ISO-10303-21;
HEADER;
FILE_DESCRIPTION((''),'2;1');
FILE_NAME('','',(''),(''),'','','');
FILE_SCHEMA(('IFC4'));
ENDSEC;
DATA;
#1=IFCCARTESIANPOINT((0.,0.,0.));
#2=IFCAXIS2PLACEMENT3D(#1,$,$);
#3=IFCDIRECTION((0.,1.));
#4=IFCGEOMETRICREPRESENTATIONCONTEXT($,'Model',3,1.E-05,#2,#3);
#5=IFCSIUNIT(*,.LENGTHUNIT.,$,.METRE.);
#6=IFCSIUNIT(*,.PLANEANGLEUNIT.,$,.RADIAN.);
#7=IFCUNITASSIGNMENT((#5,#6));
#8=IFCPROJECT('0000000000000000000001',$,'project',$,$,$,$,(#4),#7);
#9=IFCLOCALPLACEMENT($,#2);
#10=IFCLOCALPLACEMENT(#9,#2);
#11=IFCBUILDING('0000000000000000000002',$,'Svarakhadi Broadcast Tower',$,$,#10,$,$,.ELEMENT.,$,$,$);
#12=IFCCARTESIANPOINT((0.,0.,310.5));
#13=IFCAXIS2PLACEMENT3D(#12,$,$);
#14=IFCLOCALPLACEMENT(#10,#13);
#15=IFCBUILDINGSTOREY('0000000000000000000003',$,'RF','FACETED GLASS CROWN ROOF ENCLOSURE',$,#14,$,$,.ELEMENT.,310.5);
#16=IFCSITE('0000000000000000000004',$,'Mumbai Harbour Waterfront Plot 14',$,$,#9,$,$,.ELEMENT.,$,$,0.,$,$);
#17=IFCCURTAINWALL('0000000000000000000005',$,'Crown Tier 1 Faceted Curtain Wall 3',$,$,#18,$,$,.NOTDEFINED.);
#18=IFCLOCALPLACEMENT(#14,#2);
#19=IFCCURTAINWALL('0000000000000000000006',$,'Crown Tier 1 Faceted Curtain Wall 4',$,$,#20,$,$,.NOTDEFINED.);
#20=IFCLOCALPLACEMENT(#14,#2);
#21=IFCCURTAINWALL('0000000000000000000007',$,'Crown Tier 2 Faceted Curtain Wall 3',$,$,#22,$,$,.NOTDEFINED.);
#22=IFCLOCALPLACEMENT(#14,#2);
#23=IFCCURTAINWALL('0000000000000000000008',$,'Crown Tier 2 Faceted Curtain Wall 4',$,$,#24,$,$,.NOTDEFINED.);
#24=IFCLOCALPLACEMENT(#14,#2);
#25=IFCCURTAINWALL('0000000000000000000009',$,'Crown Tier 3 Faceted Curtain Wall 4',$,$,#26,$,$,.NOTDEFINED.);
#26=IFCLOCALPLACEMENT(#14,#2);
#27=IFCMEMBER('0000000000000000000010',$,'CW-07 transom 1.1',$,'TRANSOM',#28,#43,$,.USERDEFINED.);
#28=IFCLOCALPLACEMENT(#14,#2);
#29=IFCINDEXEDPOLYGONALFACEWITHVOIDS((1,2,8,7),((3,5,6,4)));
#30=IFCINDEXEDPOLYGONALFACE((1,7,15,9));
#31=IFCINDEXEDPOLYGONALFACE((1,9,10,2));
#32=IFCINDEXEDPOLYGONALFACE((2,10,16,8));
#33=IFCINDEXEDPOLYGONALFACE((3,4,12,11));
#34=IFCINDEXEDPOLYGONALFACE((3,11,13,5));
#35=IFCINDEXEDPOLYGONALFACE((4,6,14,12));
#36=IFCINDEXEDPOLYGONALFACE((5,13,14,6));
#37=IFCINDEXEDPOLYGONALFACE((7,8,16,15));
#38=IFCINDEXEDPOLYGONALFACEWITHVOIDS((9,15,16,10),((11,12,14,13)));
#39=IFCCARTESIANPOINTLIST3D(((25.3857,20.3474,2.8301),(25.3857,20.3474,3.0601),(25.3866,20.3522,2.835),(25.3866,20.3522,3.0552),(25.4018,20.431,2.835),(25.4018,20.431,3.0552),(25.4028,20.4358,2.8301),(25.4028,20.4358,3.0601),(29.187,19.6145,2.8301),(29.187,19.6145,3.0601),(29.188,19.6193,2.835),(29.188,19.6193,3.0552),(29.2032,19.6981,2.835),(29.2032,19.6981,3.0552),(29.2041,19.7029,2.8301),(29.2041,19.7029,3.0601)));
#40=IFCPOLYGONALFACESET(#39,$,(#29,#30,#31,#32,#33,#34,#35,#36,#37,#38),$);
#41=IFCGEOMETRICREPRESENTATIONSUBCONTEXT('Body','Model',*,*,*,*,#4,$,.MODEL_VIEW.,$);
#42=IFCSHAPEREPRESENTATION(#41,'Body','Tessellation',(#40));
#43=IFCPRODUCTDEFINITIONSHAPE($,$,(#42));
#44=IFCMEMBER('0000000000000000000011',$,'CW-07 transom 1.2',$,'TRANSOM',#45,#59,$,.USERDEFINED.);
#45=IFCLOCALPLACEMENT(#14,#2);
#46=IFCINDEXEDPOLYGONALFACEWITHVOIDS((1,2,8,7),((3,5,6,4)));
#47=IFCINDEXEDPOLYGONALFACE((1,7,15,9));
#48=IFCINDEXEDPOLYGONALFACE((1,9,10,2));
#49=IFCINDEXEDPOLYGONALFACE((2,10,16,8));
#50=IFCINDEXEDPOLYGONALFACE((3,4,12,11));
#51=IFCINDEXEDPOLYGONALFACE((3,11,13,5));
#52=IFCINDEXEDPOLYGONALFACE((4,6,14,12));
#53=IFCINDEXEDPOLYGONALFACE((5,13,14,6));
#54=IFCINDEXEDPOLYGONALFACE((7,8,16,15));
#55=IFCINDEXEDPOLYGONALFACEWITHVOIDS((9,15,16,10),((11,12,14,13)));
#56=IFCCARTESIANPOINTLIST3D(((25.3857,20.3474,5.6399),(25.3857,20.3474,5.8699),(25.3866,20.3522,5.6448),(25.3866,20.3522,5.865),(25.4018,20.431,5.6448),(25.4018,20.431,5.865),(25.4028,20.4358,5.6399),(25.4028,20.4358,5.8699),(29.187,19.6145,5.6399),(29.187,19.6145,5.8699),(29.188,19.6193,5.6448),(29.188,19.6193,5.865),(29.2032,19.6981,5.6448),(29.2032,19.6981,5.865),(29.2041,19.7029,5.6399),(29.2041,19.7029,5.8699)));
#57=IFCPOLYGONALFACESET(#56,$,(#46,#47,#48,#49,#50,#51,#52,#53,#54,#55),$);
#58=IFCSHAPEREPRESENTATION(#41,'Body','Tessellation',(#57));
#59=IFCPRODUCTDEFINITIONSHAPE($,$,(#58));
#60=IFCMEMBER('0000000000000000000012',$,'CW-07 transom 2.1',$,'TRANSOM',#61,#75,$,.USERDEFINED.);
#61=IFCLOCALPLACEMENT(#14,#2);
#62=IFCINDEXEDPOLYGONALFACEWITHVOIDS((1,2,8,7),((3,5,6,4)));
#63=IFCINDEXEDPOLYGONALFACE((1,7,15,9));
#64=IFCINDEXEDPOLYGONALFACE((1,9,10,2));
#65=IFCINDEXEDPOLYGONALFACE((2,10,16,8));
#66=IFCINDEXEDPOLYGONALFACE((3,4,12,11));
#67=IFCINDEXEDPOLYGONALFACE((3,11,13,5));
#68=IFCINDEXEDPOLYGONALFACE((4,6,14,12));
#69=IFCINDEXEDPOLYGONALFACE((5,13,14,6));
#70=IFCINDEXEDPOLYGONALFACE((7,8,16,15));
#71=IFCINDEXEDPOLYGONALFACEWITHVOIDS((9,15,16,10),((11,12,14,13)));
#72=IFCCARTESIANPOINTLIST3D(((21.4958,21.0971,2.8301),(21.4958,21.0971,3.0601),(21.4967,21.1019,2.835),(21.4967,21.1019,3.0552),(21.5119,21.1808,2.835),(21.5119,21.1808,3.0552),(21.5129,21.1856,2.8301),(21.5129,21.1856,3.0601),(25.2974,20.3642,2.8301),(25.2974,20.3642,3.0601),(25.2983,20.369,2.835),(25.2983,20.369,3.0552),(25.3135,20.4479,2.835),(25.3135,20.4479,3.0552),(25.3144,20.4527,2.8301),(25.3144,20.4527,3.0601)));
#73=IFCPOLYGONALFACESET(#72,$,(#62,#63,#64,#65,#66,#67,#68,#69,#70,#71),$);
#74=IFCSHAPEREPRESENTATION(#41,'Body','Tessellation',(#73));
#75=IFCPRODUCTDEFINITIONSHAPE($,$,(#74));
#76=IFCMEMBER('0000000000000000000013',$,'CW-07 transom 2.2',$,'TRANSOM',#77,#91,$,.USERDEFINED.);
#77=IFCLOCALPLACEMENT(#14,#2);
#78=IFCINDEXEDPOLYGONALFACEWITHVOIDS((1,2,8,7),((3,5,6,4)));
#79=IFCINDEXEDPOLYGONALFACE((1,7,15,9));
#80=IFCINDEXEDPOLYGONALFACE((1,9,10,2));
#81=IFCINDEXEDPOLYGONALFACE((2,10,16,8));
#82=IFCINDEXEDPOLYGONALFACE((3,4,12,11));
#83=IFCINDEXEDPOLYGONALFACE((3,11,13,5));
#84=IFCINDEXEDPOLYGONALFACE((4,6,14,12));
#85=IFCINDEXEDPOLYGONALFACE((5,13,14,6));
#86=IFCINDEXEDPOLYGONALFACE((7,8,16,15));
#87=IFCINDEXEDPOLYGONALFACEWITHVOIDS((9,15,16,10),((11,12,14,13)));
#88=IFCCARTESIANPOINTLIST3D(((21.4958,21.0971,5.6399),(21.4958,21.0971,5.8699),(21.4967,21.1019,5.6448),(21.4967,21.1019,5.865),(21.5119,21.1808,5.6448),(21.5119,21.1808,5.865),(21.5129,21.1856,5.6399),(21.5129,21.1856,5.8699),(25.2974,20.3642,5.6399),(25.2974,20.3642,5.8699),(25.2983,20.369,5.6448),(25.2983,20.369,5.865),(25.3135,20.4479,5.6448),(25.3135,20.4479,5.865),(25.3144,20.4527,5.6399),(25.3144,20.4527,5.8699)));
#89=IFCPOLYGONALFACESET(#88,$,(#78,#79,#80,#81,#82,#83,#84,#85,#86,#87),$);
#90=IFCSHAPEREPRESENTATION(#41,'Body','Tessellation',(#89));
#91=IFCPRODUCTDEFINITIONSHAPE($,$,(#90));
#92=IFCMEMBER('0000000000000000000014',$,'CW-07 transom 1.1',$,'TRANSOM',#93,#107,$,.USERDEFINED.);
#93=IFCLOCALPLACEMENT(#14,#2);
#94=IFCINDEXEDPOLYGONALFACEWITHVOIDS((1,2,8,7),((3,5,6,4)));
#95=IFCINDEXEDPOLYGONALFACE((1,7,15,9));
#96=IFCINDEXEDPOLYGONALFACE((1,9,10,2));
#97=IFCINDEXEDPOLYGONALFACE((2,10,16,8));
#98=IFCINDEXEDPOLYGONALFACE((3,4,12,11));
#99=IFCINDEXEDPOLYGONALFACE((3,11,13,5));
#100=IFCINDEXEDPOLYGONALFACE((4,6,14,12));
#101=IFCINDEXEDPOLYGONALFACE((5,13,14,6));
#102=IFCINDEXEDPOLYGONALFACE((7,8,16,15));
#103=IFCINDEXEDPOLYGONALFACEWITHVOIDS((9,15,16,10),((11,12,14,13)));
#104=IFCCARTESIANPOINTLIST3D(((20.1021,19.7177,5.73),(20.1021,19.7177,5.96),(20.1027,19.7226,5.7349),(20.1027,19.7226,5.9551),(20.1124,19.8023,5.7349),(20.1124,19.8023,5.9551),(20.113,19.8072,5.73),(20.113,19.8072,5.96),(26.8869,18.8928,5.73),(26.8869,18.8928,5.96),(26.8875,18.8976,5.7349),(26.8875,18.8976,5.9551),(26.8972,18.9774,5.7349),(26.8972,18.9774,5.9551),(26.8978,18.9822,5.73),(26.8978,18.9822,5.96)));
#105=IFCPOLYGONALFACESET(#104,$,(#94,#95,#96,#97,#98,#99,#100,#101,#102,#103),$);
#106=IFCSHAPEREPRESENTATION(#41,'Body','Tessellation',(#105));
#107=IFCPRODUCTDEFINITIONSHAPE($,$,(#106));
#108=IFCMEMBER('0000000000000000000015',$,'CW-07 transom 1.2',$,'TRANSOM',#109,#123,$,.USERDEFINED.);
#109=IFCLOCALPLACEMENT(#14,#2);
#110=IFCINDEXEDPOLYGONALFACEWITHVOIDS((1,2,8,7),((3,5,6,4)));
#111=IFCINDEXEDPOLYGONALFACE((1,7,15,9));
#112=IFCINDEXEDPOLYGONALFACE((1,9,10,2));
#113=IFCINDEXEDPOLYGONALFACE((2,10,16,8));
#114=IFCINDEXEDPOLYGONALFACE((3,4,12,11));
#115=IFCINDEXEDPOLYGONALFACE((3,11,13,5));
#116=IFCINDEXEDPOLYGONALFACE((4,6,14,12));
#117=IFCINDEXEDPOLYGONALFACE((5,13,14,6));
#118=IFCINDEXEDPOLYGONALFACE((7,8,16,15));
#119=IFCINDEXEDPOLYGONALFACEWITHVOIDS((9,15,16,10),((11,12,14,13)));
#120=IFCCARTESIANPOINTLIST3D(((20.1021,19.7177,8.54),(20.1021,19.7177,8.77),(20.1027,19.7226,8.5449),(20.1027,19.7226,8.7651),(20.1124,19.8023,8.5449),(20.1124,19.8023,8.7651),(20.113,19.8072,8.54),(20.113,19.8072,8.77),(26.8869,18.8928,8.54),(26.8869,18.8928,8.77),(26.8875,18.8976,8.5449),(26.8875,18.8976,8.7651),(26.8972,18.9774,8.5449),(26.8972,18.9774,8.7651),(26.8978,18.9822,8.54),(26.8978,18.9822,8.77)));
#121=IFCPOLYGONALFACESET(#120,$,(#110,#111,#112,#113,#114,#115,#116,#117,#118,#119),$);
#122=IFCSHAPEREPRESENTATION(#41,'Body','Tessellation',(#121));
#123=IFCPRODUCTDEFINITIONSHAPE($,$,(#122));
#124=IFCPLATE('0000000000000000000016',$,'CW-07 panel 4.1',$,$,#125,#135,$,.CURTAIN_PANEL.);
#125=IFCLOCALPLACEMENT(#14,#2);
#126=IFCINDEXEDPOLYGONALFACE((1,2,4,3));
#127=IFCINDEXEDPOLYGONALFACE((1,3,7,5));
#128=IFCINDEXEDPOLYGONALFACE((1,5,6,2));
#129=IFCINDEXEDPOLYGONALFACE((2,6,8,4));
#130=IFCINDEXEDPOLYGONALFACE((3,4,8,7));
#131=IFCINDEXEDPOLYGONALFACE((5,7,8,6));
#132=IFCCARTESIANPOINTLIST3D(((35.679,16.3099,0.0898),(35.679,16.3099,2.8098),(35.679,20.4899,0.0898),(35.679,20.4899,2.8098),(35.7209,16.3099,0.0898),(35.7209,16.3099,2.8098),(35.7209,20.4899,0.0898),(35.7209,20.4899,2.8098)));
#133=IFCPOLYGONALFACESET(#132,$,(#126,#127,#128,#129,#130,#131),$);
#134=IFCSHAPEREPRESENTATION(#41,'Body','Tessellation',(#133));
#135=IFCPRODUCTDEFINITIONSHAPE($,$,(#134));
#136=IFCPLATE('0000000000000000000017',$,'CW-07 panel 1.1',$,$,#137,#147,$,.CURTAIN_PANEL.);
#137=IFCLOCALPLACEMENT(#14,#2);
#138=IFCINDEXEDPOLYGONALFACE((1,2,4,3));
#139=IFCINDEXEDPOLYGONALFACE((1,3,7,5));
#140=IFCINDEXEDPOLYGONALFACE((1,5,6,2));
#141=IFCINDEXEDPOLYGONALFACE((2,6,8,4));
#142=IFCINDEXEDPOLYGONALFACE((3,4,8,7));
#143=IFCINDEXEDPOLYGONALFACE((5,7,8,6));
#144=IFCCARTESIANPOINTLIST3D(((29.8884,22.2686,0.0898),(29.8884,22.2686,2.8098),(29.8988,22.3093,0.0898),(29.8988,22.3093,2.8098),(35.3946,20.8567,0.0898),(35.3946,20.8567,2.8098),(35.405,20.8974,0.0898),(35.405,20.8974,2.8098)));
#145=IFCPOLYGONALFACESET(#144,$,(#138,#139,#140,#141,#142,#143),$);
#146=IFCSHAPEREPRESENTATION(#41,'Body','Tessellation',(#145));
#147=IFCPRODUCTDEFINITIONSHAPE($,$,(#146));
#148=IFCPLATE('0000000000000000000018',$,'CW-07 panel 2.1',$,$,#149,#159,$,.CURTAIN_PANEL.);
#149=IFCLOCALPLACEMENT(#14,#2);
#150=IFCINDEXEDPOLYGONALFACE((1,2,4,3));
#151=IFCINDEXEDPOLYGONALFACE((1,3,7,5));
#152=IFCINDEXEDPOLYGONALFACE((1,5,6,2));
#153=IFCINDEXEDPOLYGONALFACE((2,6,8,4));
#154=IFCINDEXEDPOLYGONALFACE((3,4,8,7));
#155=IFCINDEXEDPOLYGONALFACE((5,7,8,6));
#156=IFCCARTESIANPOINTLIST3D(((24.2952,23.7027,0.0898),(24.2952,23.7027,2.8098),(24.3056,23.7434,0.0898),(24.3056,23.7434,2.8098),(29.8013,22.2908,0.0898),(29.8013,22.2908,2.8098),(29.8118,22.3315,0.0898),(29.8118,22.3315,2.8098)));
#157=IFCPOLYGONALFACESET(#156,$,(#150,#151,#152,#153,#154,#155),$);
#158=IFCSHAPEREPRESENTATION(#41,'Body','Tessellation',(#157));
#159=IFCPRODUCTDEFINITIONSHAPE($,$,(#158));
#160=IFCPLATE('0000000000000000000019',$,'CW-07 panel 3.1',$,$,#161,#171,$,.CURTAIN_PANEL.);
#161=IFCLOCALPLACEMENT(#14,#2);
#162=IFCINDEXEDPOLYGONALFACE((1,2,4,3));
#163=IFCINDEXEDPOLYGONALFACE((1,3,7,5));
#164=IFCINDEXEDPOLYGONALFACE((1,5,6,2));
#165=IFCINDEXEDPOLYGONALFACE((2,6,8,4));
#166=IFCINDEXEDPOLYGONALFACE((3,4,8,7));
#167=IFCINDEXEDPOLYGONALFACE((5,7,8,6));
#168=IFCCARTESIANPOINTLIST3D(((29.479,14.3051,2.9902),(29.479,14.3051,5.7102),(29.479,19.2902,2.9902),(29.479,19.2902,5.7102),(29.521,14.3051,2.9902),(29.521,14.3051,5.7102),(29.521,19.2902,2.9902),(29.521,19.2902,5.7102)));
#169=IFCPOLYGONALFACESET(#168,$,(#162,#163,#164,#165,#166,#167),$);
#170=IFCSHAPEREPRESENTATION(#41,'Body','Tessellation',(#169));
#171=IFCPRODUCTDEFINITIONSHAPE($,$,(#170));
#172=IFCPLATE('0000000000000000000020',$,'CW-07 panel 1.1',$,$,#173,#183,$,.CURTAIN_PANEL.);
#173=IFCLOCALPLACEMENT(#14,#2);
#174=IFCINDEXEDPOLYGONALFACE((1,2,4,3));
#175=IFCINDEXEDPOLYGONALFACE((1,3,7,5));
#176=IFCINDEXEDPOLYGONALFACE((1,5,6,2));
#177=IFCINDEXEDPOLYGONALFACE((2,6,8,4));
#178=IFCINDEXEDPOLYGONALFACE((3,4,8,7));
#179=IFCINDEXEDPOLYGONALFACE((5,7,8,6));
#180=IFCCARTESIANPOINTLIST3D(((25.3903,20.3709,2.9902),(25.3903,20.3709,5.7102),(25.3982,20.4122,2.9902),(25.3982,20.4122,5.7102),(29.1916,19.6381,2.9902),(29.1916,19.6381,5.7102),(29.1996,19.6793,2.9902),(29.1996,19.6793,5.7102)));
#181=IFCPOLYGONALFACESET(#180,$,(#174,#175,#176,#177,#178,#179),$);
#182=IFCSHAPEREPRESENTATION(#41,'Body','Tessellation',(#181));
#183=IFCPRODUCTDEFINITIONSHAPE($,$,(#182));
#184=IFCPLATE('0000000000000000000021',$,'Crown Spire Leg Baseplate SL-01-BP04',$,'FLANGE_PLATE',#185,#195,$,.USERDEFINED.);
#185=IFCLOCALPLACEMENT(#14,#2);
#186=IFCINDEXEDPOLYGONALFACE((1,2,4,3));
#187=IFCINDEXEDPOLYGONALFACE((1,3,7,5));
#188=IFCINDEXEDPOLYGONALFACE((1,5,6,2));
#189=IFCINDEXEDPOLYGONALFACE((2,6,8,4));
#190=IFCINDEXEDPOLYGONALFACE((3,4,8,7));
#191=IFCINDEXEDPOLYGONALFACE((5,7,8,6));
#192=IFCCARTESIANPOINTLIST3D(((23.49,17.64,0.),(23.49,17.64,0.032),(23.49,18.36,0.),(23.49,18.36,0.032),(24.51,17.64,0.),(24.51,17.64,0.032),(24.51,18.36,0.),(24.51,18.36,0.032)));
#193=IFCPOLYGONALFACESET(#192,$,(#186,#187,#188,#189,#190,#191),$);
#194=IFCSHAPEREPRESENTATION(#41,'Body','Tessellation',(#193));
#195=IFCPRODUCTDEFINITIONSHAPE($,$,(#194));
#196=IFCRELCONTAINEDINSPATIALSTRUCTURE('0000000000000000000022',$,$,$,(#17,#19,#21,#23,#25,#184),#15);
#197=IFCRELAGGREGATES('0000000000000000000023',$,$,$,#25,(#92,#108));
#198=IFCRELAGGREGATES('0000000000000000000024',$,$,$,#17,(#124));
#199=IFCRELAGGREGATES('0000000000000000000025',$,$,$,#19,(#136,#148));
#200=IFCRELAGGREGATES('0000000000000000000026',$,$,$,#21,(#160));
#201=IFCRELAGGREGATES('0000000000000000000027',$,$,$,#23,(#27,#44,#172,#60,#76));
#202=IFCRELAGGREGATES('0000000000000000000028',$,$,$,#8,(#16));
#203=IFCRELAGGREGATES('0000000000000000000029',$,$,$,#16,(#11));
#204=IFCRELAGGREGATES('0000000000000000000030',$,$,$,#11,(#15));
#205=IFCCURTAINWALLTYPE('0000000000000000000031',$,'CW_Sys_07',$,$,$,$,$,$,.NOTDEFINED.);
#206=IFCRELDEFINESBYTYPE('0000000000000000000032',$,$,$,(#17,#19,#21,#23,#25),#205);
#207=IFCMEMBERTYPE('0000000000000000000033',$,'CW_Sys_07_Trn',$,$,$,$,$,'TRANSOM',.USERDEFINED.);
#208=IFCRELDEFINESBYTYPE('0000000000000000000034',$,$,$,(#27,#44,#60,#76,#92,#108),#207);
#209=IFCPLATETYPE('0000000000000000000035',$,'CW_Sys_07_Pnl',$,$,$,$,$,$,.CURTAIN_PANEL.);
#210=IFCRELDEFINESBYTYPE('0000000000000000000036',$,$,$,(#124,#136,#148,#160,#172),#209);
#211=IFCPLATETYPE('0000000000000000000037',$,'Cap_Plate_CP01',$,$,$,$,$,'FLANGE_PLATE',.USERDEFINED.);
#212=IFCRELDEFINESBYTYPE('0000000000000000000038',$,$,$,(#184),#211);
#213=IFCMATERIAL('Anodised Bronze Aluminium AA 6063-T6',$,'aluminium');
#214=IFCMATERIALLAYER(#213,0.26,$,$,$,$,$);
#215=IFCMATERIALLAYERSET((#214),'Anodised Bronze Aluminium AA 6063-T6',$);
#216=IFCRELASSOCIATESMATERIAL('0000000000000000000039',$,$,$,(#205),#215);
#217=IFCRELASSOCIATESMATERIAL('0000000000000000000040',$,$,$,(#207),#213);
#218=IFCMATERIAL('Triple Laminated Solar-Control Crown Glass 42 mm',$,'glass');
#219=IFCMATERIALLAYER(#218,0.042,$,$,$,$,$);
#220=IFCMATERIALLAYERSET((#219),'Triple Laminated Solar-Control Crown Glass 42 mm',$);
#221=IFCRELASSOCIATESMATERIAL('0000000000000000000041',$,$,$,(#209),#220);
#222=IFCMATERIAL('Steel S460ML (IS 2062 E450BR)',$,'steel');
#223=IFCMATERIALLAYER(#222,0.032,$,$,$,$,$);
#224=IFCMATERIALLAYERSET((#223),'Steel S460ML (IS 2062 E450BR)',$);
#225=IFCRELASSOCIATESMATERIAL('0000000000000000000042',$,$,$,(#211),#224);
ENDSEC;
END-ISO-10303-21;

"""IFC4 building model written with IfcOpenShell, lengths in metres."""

from ifc_helpers import new_model, si_unit, direction, frame, origin, origin_2d, place, context, subcontext, project, spatial, rectangle, hollow_rectangle, extrude, material, layer, layer_set, material_profile, profile_set, type_object, element, aggregate, save


model = new_model("IFC4")

# Units and contexts
model_context = context("Model", 3, precision=1e-05, world=origin(), true_north=direction((0.0, 1.0)))
body_context = subcontext(model_context, "Body", "Model", "MODEL_VIEW")
ifc_project = project(units=[si_unit("LENGTHUNIT", "METRE"), si_unit("PLANEANGLEUNIT", "RADIAN")], contexts=[model_context])

# Site, building, storey
site_placement = place(None, origin())
site = spatial("IfcSite", under=ifc_project, at=site_placement, Name="Mumbai Harbour Waterfront Plot 14", CompositionType="ELEMENT", RefElevation=0.0)
building_placement = place(site_placement, origin())
building = spatial("IfcBuilding", under=site, at=building_placement, Name="Svarakhadi Broadcast Tower", CompositionType="ELEMENT")
storey_placement = place(building_placement, frame((0.0, 0.0, 310.5)))
storey = spatial("IfcBuildingStorey", under=building, at=storey_placement, Name="RF", Description="FACETED GLASS CROWN ROOF ENCLOSURE", CompositionType="ELEMENT", Elevation=310.5)

# Shared definitions
ifc_material_1 = material(Name="Steel S460ML (IS 2062 E450BR)", Category="steel")

# Curtain wall
ifc_material_2 = material(Name="Anodised Bronze Aluminium AA 6063-T6", Category="aluminium")
ifc_layer_1 = layer(ifc_material_2, 0.26)
ifc_layer_set_1 = layer_set([ifc_layer_1], Name="Anodised Bronze Aluminium AA 6063-T6")
curtain_wall_type = type_object("IfcCurtainWallType", Name="CW_Sys_07", PredefinedType="NOTDEFINED", material=ifc_layer_set_1)
curtain_wall_1_placement = place(storey_placement, origin())
curtain_wall_1 = element("IfcCurtainWall", 1, at=curtain_wall_1_placement, inside=storey, type_object=curtain_wall_type, Name="Crown Tier 1 Faceted Curtain Wall 3", PredefinedType="NOTDEFINED")

# Curtain wall
curtain_wall_2_placement = place(storey_placement, origin())
curtain_wall_2 = element("IfcCurtainWall", 2, at=curtain_wall_2_placement, inside=storey, type_object=curtain_wall_type, Name="Crown Tier 1 Faceted Curtain Wall 4", PredefinedType="NOTDEFINED")

# Curtain wall
curtain_wall_3_placement = place(storey_placement, origin())
curtain_wall_3 = element("IfcCurtainWall", 3, at=curtain_wall_3_placement, inside=storey, type_object=curtain_wall_type, Name="Crown Tier 2 Faceted Curtain Wall 3", PredefinedType="NOTDEFINED")

# Curtain wall
curtain_wall_4_placement = place(storey_placement, origin())
curtain_wall_4 = element("IfcCurtainWall", 4, at=curtain_wall_4_placement, inside=storey, type_object=curtain_wall_type, Name="Crown Tier 2 Faceted Curtain Wall 4", PredefinedType="NOTDEFINED")

# Curtain wall
curtain_wall_5_placement = place(storey_placement, origin())
curtain_wall_5 = element("IfcCurtainWall", 5, at=curtain_wall_5_placement, inside=storey, type_object=curtain_wall_type, Name="Crown Tier 3 Faceted Curtain Wall 4", PredefinedType="NOTDEFINED")

# Members
ifc_material_profile_1 = material_profile(ifc_material_2, hollow_rectangle(XDim=0.0901, YDim=0.23, WallThickness=0.0049, at=origin_2d()), Name="ALU TRANSOM 230x90x5")
ifc_profile_set_1 = profile_set([ifc_material_profile_1], Name="Anodised Bronze Aluminium AA 6063-T6")
member_type_1 = type_object("IfcMemberType", Name="CW_Sys_07_Trn", ElementType="TRANSOM", PredefinedType="USERDEFINED", material=ifc_profile_set_1)
member_1_placement = place(storey_placement, frame((29.1956, 19.6587, 2.9451), z_axis=(-0.981915, 0.18932, 0.0), x_axis=(-0.18932, -0.981915, 0.0)))
member_1 = element("IfcMember", 6, at=member_1_placement, type_object=member_type_1, Name="CW-07 transom 1.1", ObjectType="TRANSOM", PredefinedType="USERDEFINED", context=body_context, shape_type="SweptSolid", body=[
    extrude(hollow_rectangle(XDim=0.0901, YDim=0.23, WallThickness=0.0049, at=origin_2d()), origin(), (0.0, 0.0, 1.0), 3.8713),
])
member_2_placement = place(storey_placement, frame((29.1956, 19.6587, 5.7549), z_axis=(-0.981915, 0.18932, 0.0), x_axis=(-0.18932, -0.981915, 0.0)))
member_2 = element("IfcMember", 7, at=member_2_placement, type_object=member_type_1, Name="CW-07 transom 1.2", ObjectType="TRANSOM", PredefinedType="USERDEFINED", context=body_context, shape_type="SweptSolid", body=[
    extrude(hollow_rectangle(XDim=0.0901, YDim=0.23, WallThickness=0.0049, at=origin_2d()), origin(), (0.0, 0.0, 1.0), 3.8713),
])
member_3_placement = place(storey_placement, frame((25.3059, 20.4084, 2.9451), z_axis=(-0.981918, 0.189308, 0.0), x_axis=(-0.189308, -0.981918, 0.0)))
member_3 = element("IfcMember", 8, at=member_3_placement, type_object=member_type_1, Name="CW-07 transom 2.1", ObjectType="TRANSOM", PredefinedType="USERDEFINED", context=body_context, shape_type="SweptSolid", body=[
    extrude(hollow_rectangle(XDim=0.0901, YDim=0.23, WallThickness=0.0049, at=origin_2d()), origin(), (0.0, 0.0, 1.0), 3.8716),
])
member_4_placement = place(storey_placement, frame((25.3059, 20.4084, 5.7549), z_axis=(-0.981918, 0.189308, 0.0), x_axis=(-0.189308, -0.981918, 0.0)))
member_4 = element("IfcMember", 9, at=member_4_placement, type_object=member_type_1, Name="CW-07 transom 2.2", ObjectType="TRANSOM", PredefinedType="USERDEFINED", context=body_context, shape_type="SweptSolid", body=[
    extrude(hollow_rectangle(XDim=0.0901, YDim=0.23, WallThickness=0.0049, at=origin_2d()), origin(), (0.0, 0.0, 1.0), 3.8716),
])
member_5_placement = place(storey_placement, frame((26.8923, 18.9375, 5.845), z_axis=(-0.992689, 0.120702, 0.0), x_axis=(-0.120702, -0.992689, 0.0)))
member_5 = element("IfcMember", 10, at=member_5_placement, type_object=member_type_1, Name="CW-07 transom 1.1", ObjectType="TRANSOM", PredefinedType="USERDEFINED", context=body_context, shape_type="SweptSolid", body=[
    extrude(hollow_rectangle(XDim=0.0901, YDim=0.23, WallThickness=0.0049, at=origin_2d()), origin(), (0.0, 0.0, 1.0), 6.8347),
])
member_6_placement = place(storey_placement, frame((26.8923, 18.9375, 8.655), z_axis=(-0.992689, 0.120702, 0.0), x_axis=(-0.120702, -0.992689, 0.0)))
member_6 = element("IfcMember", 11, at=member_6_placement, type_object=member_type_1, Name="CW-07 transom 1.2", ObjectType="TRANSOM", PredefinedType="USERDEFINED", context=body_context, shape_type="SweptSolid", body=[
    extrude(hollow_rectangle(XDim=0.0901, YDim=0.23, WallThickness=0.0049, at=origin_2d()), origin(), (0.0, 0.0, 1.0), 6.8347),
])
aggregate(curtain_wall_5, [member_5, member_6])

# Plates
ifc_material_3 = material(Name="Triple Laminated Solar-Control Crown Glass 42 mm", Category="glass")
ifc_layer_2 = layer(ifc_material_3, 0.042)
ifc_layer_set_2 = layer_set([ifc_layer_2], Name="Triple Laminated Solar-Control Crown Glass 42 mm")
plate_type_1 = type_object("IfcPlateType", Name="CW_Sys_07_Pnl", PredefinedType="CURTAIN_PANEL", material=ifc_layer_set_2)
plate_1_placement = place(storey_placement, frame((35.7, 18.3999, 0.0898), z_axis=(0.0, 0.0, 1.0), x_axis=(0.0, 1.0, 0.0)))
plate_1 = element("IfcPlate", 12, at=plate_1_placement, type_object=plate_type_1, Name="CW-07 panel 4.1", PredefinedType="CURTAIN_PANEL", context=body_context, shape_type="SweptSolid", body=[
    extrude(rectangle(XDim=4.1799, YDim=0.042, at=origin_2d()), origin(), (0.0, 0.0, 1.0), 2.72),
])
aggregate(curtain_wall_1, [plate_1])
plate_2_placement = place(storey_placement, frame((32.6467, 21.583, 0.0898), z_axis=(0.0, 0.0, 1.0), x_axis=(-0.968662, 0.248382, 0.0)))
plate_2 = element("IfcPlate", 13, at=plate_2_placement, type_object=plate_type_1, Name="CW-07 panel 1.1", PredefinedType="CURTAIN_PANEL", context=body_context, shape_type="SweptSolid", body=[
    extrude(rectangle(XDim=5.6843, YDim=0.042, at=origin_2d()), origin(), (0.0, 0.0, 1.0), 2.72),
])
plate_3_placement = place(storey_placement, frame((27.0535, 23.0171, 0.0898), z_axis=(0.0, 0.0, 1.0), x_axis=(-0.968662, 0.248382, 0.0)))
plate_3 = element("IfcPlate", 14, at=plate_3_placement, type_object=plate_type_1, Name="CW-07 panel 2.1", PredefinedType="CURTAIN_PANEL", context=body_context, shape_type="SweptSolid", body=[
    extrude(rectangle(XDim=5.6843, YDim=0.042, at=origin_2d()), origin(), (0.0, 0.0, 1.0), 2.72),
])
aggregate(curtain_wall_2, [plate_2, plate_3])
plate_4_placement = place(storey_placement, frame((29.5, 16.7976, 2.9902), z_axis=(0.0, 0.0, 1.0), x_axis=(0.0, 1.0, 0.0)))
plate_4 = element("IfcPlate", 15, at=plate_4_placement, type_object=plate_type_1, Name="CW-07 panel 3.1", PredefinedType="CURTAIN_PANEL", context=body_context, shape_type="SweptSolid", body=[
    extrude(rectangle(XDim=4.9851, YDim=0.042, at=origin_2d()), origin(), (0.0, 0.0, 1.0), 2.72),
])
aggregate(curtain_wall_3, [plate_4])
plate_5_placement = place(storey_placement, frame((27.2949, 20.0251, 2.9902), z_axis=(0.0, 0.0, 1.0), x_axis=(-0.98192, 0.189295, 0.0)))
plate_5 = element("IfcPlate", 16, at=plate_5_placement, type_object=plate_type_1, Name="CW-07 panel 1.1", PredefinedType="CURTAIN_PANEL", context=body_context, shape_type="SweptSolid", body=[
    extrude(rectangle(XDim=3.8713, YDim=0.042, at=origin_2d()), origin(), (0.0, 0.0, 1.0), 2.72),
])
aggregate(curtain_wall_4, [member_1, member_2, plate_5, member_3, member_4])

# Plate
ifc_layer_3 = layer(ifc_material_1, 0.032)
ifc_layer_set_3 = layer_set([ifc_layer_3], Name="Steel S460ML (IS 2062 E450BR)")
plate_type_2 = type_object("IfcPlateType", Name="Cap_Plate_CP01", ElementType="FLANGE_PLATE", PredefinedType="USERDEFINED", material=ifc_layer_set_3)
plate_6_placement = place(storey_placement, frame((24.0, 18.0, 0.0), z_axis=(0.0, 0.0, 1.0), x_axis=(1.0, 0.0, 0.0)))
element("IfcPlate", 17, at=plate_6_placement, inside=storey, type_object=plate_type_2, Name="Crown Spire Leg Baseplate SL-01-BP04", ObjectType="FLANGE_PLATE", PredefinedType="USERDEFINED", context=body_context, shape_type="SweptSolid", body=[
    extrude(rectangle(XDim=1.02, YDim=0.72, at=origin_2d()), origin(), (0.0, 0.0, 1.0), 0.032),
])

save(model, "model.ifc")
